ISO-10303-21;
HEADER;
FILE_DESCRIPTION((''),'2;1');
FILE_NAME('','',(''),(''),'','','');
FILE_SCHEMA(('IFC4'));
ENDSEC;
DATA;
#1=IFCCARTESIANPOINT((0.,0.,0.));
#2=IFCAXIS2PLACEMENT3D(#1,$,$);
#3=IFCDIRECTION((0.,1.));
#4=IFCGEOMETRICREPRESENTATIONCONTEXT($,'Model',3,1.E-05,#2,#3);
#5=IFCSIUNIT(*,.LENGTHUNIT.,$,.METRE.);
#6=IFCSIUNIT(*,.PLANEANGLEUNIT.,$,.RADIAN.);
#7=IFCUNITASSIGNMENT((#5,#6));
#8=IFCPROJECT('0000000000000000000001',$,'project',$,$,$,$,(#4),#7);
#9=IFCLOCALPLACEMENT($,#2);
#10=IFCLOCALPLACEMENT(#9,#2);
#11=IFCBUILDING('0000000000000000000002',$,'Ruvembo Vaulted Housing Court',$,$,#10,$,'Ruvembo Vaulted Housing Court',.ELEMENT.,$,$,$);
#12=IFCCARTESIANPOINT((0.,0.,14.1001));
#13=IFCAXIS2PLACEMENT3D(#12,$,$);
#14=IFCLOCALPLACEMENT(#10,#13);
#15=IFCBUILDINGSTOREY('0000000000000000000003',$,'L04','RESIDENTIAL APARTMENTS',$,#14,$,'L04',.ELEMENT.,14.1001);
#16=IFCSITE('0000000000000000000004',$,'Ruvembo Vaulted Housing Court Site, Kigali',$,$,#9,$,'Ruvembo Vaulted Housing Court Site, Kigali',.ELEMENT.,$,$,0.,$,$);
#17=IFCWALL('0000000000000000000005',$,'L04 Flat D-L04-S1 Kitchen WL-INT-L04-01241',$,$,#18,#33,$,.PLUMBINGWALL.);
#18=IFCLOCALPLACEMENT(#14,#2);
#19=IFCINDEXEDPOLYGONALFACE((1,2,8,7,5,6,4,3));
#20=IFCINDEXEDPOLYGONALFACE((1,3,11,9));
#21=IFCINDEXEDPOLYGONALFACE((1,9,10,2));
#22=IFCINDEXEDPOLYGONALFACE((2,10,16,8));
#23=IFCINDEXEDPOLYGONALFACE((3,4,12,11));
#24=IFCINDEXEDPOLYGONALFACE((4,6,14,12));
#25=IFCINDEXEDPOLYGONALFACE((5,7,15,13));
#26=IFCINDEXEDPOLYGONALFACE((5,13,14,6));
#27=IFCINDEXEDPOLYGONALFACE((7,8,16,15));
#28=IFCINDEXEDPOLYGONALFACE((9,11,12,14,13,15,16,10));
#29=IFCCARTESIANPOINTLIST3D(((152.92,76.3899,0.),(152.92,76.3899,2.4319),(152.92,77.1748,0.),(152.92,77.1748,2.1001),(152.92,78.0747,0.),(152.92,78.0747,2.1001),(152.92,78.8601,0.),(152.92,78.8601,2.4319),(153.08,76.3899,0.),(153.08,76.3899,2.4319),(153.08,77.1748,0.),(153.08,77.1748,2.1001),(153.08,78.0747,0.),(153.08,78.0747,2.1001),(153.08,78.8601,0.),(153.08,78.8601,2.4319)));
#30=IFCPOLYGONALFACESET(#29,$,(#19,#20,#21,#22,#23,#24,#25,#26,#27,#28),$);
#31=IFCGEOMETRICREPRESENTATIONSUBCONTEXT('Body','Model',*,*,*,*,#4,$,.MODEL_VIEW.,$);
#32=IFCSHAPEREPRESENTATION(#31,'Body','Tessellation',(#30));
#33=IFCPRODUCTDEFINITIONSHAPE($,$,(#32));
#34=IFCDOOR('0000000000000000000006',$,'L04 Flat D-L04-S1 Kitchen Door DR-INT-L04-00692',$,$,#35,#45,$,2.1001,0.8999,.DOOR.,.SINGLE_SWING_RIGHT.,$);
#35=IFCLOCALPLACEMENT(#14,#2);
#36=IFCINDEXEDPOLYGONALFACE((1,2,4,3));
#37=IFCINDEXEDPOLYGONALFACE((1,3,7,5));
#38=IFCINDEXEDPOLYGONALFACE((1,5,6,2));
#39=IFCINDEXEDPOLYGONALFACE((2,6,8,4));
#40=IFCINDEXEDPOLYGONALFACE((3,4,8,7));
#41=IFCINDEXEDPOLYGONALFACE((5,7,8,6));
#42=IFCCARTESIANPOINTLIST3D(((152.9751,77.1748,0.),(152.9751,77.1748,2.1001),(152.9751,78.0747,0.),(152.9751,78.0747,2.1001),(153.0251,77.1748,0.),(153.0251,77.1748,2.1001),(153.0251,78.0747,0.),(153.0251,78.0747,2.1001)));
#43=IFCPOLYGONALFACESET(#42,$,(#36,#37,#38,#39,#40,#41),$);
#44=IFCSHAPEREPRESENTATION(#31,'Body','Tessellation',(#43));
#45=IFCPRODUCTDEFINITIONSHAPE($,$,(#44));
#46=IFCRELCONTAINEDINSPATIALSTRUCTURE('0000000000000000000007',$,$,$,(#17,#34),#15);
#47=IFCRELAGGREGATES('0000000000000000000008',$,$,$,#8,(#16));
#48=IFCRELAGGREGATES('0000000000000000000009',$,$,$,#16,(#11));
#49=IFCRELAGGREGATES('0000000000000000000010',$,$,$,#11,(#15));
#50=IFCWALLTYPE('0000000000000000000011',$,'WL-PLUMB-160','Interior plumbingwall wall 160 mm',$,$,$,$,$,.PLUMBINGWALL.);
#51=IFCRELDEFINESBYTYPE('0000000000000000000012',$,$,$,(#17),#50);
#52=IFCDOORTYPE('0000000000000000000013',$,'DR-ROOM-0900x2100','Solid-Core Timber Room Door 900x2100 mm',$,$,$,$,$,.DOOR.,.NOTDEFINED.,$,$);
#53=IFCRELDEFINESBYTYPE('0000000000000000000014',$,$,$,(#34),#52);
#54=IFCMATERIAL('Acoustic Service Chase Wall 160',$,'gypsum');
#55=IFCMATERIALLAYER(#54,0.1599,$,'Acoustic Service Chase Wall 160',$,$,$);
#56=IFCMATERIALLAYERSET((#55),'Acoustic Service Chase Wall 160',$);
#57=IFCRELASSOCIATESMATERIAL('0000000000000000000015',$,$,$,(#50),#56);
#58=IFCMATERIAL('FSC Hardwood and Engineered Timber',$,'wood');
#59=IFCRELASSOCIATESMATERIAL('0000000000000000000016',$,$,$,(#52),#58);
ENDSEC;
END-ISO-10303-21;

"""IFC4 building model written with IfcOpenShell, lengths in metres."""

from ifc_helpers import new_model, si_unit, direction, frame, frame_2d, origin, place, context, subcontext, project, spatial, rectangle, extrude, material, layer, layer_set, type_object, element, fill, save


model = new_model("IFC4")

# Units and contexts
model_context = context("Model", 3, precision=1e-05, world=origin(), true_north=direction((0.0, 1.0)))
body_context = subcontext(model_context, "Body", "Model", "MODEL_VIEW")
ifc_project = project(units=[si_unit("LENGTHUNIT", "METRE"), si_unit("PLANEANGLEUNIT", "RADIAN")], contexts=[model_context])

# Site, building, storey
site_placement = place(None, origin())
site = spatial("IfcSite", under=ifc_project, at=site_placement, Name="Ruvembo Vaulted Housing Court Site, Kigali", LongName="Ruvembo Vaulted Housing Court Site, Kigali", CompositionType="ELEMENT", RefElevation=0.0)
building_placement = place(site_placement, origin())
building = spatial("IfcBuilding", under=site, at=building_placement, Name="Ruvembo Vaulted Housing Court", LongName="Ruvembo Vaulted Housing Court", CompositionType="ELEMENT")
storey_placement = place(building_placement, frame((0.0, 0.0, 14.1001)))
storey = spatial("IfcBuildingStorey", under=building, at=storey_placement, Name="L04", Description="RESIDENTIAL APARTMENTS", LongName="L04", CompositionType="ELEMENT", Elevation=14.1001)

# Shared definitions
ifc_material_1 = material(Name="FSC Hardwood and Engineered Timber", Category="wood")

# Wall, opening, door
ifc_material_2 = material(Name="Acoustic Service Chase Wall 160", Category="gypsum")
ifc_layer_1 = layer(ifc_material_2, 0.1599, Name="Acoustic Service Chase Wall 160")
ifc_layer_set_1 = layer_set([ifc_layer_1], Name="Acoustic Service Chase Wall 160")
wall_type_1 = type_object("IfcWallType", Name="WL-PLUMB-160", Description="Interior plumbingwall wall 160 mm", PredefinedType="PLUMBINGWALL", material=ifc_layer_set_1)
wall_1_placement = place(storey_placement, frame((153.0, 76.3899, 0.0), z_axis=(0.0, 0.0, 1.0), x_axis=(0.0, 1.0, 0.0)))
wall_1 = element("IfcWall", 1, at=wall_1_placement, inside=storey, type_object=wall_type_1, Name="L04 Flat D-L04-S1 Kitchen WL-INT-L04-01241", PredefinedType="PLUMBINGWALL", context=body_context, shape_type="SweptSolid", body=[
    extrude(rectangle(XDim=2.4702, YDim=0.1599, at=frame_2d((1.2351, 0.0))), origin(), (0.0, 0.0, 1.0), 2.4319),
])
opening_1_placement = place(wall_1_placement, frame((0.7849, 0.0, 0.0)))
opening_1 = element("IfcOpeningElement", 2, at=opening_1_placement, cuts=wall_1, PredefinedType="OPENING", context=body_context, shape_type="SweptSolid", body=[
    extrude(rectangle(XDim=0.8999, YDim=2.1001, at=frame_2d((0.45, 1.05))), frame((0.0, 0.0898, 0.0), z_axis=(0.0, -1.0, 0.0), x_axis=(1.0, 0.0, 0.0)), (0.0, 0.0, 1.0), 0.1799),
])
door_type_1 = type_object("IfcDoorType", Name="DR-ROOM-0900x2100", Description="Solid-Core Timber Room Door 900x2100 mm", OperationType="NOTDEFINED", PredefinedType="DOOR", material=ifc_material_1)
door_1_placement = place(opening_1_placement, origin())
door_1 = element("IfcDoor", 3, at=door_1_placement, inside=storey, type_object=door_type_1, Name="L04 Flat D-L04-S1 Kitchen Door DR-INT-L04-00692", OperationType="SINGLE_SWING_RIGHT", OverallHeight=2.1001, OverallWidth=0.8999, PredefinedType="DOOR", context=body_context, shape_type="SweptSolid", body=[
    extrude(rectangle(XDim=0.8999, YDim=2.1001, at=frame_2d((0.45, 1.05))), frame((0.0, 0.0249, 0.0), z_axis=(0.0, -1.0, 0.0), x_axis=(1.0, 0.0, 0.0)), (0.0, 0.0, 1.0), 0.05),
])
fill(opening_1, door_1)

save(model, "model.ifc")
